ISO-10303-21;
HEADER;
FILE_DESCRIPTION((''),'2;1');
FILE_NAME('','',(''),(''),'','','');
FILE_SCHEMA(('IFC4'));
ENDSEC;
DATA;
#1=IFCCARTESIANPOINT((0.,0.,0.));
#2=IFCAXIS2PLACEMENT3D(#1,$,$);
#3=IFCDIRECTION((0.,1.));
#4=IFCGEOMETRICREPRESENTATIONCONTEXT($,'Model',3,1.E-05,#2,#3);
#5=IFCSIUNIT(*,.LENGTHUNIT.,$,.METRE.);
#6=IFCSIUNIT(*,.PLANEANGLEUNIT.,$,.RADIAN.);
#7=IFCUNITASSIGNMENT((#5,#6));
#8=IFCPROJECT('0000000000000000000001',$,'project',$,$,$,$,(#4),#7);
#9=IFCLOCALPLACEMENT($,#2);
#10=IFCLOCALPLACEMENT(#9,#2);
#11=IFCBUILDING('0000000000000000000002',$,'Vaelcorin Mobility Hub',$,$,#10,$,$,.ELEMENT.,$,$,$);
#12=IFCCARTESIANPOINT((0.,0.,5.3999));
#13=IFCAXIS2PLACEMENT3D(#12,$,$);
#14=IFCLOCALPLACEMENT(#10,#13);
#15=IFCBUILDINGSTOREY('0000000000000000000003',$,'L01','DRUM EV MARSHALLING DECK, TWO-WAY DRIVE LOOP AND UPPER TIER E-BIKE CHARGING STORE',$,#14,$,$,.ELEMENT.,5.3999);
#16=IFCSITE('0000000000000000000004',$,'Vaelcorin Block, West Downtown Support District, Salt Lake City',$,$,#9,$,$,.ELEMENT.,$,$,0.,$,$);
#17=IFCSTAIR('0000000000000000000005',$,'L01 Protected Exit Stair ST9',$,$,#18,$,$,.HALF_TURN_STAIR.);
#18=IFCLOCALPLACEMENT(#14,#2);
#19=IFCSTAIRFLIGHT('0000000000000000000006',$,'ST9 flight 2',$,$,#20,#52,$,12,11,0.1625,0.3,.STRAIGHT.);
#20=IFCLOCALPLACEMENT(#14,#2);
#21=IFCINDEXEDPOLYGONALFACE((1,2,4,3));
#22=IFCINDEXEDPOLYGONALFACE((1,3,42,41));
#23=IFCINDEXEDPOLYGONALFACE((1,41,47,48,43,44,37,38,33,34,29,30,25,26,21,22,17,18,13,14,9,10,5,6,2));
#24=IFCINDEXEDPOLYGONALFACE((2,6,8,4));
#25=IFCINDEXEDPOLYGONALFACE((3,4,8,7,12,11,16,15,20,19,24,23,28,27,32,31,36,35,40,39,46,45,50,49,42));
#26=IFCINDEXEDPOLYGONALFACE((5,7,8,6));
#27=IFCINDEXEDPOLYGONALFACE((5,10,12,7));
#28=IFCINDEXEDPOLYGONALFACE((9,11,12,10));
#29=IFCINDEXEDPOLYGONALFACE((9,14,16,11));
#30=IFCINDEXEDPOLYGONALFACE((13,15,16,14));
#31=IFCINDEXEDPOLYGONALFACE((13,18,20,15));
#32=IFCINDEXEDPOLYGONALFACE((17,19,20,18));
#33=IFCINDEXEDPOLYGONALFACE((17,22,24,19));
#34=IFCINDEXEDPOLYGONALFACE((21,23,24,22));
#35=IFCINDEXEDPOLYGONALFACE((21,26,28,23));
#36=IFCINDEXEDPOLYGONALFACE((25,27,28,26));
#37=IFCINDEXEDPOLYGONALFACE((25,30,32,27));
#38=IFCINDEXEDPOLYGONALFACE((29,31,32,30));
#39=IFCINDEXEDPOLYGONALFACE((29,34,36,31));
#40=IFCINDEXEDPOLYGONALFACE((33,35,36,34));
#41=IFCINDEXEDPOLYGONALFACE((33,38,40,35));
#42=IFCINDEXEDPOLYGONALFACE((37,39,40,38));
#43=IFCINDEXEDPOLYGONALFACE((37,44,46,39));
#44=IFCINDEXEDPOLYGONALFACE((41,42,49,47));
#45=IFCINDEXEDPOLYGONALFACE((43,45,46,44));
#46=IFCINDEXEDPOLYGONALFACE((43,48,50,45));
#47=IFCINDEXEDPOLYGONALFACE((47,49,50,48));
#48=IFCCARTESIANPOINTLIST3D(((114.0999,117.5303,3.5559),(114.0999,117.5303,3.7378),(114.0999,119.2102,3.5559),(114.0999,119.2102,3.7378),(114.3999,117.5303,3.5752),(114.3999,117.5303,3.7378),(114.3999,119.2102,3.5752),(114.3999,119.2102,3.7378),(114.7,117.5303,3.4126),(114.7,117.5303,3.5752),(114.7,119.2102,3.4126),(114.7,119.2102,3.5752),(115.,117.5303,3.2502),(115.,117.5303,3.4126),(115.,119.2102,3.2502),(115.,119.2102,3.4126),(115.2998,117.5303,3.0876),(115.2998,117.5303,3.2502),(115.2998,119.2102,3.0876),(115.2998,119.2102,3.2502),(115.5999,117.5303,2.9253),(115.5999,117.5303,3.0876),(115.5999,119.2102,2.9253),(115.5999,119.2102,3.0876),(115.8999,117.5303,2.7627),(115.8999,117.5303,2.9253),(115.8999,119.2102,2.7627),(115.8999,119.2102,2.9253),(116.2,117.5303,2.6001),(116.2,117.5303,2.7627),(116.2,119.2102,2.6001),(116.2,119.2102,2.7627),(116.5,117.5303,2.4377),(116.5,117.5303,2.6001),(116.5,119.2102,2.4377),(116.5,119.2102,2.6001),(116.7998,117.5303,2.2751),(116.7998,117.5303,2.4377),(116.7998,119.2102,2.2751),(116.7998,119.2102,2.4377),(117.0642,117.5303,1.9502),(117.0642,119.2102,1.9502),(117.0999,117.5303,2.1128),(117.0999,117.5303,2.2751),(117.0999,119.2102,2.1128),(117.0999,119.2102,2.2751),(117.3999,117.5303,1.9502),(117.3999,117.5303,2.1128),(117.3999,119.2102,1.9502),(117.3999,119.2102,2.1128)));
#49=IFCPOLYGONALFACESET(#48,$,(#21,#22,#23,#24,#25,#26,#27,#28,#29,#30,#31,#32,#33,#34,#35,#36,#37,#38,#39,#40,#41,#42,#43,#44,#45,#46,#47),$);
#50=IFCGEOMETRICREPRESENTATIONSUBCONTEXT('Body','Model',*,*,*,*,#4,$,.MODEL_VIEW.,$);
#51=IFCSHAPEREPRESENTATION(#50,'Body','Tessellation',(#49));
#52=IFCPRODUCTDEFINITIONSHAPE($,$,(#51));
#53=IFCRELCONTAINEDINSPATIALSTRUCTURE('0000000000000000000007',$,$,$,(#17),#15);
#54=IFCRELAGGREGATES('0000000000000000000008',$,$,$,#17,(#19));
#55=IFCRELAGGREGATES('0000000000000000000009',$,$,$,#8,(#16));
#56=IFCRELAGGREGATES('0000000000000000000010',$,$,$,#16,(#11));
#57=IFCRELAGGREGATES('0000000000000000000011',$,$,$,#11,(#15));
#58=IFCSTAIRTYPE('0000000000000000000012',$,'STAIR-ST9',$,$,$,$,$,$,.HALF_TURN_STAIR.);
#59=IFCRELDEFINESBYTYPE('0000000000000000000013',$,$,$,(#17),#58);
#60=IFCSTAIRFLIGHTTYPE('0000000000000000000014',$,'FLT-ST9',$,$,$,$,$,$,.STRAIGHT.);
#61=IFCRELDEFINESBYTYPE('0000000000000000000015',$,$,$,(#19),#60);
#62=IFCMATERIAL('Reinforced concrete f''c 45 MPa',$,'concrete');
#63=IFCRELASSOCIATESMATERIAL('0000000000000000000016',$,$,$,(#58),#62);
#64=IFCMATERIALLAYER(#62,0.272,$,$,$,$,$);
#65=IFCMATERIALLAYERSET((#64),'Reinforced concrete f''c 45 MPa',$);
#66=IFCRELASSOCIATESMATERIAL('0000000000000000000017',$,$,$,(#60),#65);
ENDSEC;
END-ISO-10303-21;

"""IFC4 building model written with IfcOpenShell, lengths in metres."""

from ifc_helpers import new_model, si_unit, direction, frame, origin, place, context, subcontext, project, spatial, polyline, outline, extrude, material, layer, layer_set, type_object, element, aggregate, save


model = new_model("IFC4")

# Units and contexts
model_context = context("Model", 3, precision=1e-05, world=origin(), true_north=direction((0.0, 1.0)))
body_context = subcontext(model_context, "Body", "Model", "MODEL_VIEW")
ifc_project = project(units=[si_unit("LENGTHUNIT", "METRE"), si_unit("PLANEANGLEUNIT", "RADIAN")], contexts=[model_context])

# Site, building, storey
site_placement = place(None, origin())
site = spatial("IfcSite", under=ifc_project, at=site_placement, Name="Vaelcorin Block, West Downtown Support District, Salt Lake City", CompositionType="ELEMENT", RefElevation=0.0)
building_placement = place(site_placement, origin())
building = spatial("IfcBuilding", under=site, at=building_placement, Name="Vaelcorin Mobility Hub", CompositionType="ELEMENT")
storey_placement = place(building_placement, frame((0.0, 0.0, 5.3999)))
storey = spatial("IfcBuildingStorey", under=building, at=storey_placement, Name="L01", Description="DRUM EV MARSHALLING DECK, TWO-WAY DRIVE LOOP AND UPPER TIER E-BIKE CHARGING STORE", CompositionType="ELEMENT", Elevation=5.3999)

# Shared definitions
ifc_material_1 = material(Name="Reinforced concrete f'c 45 MPa", Category="concrete")

# Stair, stair flight
stair_type_1 = type_object("IfcStairType", Name="STAIR-ST9", PredefinedType="HALF_TURN_STAIR", material=ifc_material_1)
stair_1_placement = place(storey_placement, origin())
stair_1 = element("IfcStair", 1, at=stair_1_placement, inside=storey, type_object=stair_type_1, Name="L01 Protected Exit Stair ST9", PredefinedType="HALF_TURN_STAIR")
ifc_layer_1 = layer(ifc_material_1, 0.272)
ifc_layer_set_1 = layer_set([ifc_layer_1], Name="Reinforced concrete f'c 45 MPa")
stair_flight_type_1 = type_object("IfcStairFlightType", Name="FLT-ST9", PredefinedType="STRAIGHT", material=ifc_layer_set_1)
stair_flight_1_placement = place(storey_placement, frame((117.3999, 118.3701, 1.9502), z_axis=(0.0, 0.0, 1.0), x_axis=(-1.0, 0.0, 0.0)))
stair_flight_1 = element("IfcStairFlight", 2, at=stair_flight_1_placement, type_object=stair_flight_type_1, Name="ST9 flight 2", NumberOfRisers=12, NumberOfTreads=11, PredefinedType="STRAIGHT", RiserHeight=0.1625, TreadLength=0.3, context=body_context, shape_type="SweptSolid", body=[
    extrude(outline(polyline([(0.0, 0.0), (0.0, 0.1626), (0.3, 0.1626), (0.3, 0.325), (0.6001, 0.325), (0.6001, 0.4875), (0.8999, 0.4875), (0.8999, 0.6499), (1.2, 0.6499), (1.2, 0.8125), (1.5, 0.8125), (1.5, 0.9751), (1.8, 0.9751), (1.8, 1.1375), (2.1001, 1.1375), (2.1001, 1.3), (2.3999, 1.3), (2.3999, 1.4624), (2.7, 1.4624), (2.7, 1.625), (3.0, 1.625), (3.0, 1.7876), (3.3, 1.7876), (3.3, 1.95), (3.3, 1.6057), (0.3357, 0.0), (0.0, 0.0)])), frame((0.0, 0.8398, 0.0), z_axis=(0.0, -1.0, 0.0), x_axis=(1.0, 0.0, 0.0)), (0.0, 0.0, 1.0), 1.6799),
])
aggregate(stair_1, [stair_flight_1])

save(model, "model.ifc")
